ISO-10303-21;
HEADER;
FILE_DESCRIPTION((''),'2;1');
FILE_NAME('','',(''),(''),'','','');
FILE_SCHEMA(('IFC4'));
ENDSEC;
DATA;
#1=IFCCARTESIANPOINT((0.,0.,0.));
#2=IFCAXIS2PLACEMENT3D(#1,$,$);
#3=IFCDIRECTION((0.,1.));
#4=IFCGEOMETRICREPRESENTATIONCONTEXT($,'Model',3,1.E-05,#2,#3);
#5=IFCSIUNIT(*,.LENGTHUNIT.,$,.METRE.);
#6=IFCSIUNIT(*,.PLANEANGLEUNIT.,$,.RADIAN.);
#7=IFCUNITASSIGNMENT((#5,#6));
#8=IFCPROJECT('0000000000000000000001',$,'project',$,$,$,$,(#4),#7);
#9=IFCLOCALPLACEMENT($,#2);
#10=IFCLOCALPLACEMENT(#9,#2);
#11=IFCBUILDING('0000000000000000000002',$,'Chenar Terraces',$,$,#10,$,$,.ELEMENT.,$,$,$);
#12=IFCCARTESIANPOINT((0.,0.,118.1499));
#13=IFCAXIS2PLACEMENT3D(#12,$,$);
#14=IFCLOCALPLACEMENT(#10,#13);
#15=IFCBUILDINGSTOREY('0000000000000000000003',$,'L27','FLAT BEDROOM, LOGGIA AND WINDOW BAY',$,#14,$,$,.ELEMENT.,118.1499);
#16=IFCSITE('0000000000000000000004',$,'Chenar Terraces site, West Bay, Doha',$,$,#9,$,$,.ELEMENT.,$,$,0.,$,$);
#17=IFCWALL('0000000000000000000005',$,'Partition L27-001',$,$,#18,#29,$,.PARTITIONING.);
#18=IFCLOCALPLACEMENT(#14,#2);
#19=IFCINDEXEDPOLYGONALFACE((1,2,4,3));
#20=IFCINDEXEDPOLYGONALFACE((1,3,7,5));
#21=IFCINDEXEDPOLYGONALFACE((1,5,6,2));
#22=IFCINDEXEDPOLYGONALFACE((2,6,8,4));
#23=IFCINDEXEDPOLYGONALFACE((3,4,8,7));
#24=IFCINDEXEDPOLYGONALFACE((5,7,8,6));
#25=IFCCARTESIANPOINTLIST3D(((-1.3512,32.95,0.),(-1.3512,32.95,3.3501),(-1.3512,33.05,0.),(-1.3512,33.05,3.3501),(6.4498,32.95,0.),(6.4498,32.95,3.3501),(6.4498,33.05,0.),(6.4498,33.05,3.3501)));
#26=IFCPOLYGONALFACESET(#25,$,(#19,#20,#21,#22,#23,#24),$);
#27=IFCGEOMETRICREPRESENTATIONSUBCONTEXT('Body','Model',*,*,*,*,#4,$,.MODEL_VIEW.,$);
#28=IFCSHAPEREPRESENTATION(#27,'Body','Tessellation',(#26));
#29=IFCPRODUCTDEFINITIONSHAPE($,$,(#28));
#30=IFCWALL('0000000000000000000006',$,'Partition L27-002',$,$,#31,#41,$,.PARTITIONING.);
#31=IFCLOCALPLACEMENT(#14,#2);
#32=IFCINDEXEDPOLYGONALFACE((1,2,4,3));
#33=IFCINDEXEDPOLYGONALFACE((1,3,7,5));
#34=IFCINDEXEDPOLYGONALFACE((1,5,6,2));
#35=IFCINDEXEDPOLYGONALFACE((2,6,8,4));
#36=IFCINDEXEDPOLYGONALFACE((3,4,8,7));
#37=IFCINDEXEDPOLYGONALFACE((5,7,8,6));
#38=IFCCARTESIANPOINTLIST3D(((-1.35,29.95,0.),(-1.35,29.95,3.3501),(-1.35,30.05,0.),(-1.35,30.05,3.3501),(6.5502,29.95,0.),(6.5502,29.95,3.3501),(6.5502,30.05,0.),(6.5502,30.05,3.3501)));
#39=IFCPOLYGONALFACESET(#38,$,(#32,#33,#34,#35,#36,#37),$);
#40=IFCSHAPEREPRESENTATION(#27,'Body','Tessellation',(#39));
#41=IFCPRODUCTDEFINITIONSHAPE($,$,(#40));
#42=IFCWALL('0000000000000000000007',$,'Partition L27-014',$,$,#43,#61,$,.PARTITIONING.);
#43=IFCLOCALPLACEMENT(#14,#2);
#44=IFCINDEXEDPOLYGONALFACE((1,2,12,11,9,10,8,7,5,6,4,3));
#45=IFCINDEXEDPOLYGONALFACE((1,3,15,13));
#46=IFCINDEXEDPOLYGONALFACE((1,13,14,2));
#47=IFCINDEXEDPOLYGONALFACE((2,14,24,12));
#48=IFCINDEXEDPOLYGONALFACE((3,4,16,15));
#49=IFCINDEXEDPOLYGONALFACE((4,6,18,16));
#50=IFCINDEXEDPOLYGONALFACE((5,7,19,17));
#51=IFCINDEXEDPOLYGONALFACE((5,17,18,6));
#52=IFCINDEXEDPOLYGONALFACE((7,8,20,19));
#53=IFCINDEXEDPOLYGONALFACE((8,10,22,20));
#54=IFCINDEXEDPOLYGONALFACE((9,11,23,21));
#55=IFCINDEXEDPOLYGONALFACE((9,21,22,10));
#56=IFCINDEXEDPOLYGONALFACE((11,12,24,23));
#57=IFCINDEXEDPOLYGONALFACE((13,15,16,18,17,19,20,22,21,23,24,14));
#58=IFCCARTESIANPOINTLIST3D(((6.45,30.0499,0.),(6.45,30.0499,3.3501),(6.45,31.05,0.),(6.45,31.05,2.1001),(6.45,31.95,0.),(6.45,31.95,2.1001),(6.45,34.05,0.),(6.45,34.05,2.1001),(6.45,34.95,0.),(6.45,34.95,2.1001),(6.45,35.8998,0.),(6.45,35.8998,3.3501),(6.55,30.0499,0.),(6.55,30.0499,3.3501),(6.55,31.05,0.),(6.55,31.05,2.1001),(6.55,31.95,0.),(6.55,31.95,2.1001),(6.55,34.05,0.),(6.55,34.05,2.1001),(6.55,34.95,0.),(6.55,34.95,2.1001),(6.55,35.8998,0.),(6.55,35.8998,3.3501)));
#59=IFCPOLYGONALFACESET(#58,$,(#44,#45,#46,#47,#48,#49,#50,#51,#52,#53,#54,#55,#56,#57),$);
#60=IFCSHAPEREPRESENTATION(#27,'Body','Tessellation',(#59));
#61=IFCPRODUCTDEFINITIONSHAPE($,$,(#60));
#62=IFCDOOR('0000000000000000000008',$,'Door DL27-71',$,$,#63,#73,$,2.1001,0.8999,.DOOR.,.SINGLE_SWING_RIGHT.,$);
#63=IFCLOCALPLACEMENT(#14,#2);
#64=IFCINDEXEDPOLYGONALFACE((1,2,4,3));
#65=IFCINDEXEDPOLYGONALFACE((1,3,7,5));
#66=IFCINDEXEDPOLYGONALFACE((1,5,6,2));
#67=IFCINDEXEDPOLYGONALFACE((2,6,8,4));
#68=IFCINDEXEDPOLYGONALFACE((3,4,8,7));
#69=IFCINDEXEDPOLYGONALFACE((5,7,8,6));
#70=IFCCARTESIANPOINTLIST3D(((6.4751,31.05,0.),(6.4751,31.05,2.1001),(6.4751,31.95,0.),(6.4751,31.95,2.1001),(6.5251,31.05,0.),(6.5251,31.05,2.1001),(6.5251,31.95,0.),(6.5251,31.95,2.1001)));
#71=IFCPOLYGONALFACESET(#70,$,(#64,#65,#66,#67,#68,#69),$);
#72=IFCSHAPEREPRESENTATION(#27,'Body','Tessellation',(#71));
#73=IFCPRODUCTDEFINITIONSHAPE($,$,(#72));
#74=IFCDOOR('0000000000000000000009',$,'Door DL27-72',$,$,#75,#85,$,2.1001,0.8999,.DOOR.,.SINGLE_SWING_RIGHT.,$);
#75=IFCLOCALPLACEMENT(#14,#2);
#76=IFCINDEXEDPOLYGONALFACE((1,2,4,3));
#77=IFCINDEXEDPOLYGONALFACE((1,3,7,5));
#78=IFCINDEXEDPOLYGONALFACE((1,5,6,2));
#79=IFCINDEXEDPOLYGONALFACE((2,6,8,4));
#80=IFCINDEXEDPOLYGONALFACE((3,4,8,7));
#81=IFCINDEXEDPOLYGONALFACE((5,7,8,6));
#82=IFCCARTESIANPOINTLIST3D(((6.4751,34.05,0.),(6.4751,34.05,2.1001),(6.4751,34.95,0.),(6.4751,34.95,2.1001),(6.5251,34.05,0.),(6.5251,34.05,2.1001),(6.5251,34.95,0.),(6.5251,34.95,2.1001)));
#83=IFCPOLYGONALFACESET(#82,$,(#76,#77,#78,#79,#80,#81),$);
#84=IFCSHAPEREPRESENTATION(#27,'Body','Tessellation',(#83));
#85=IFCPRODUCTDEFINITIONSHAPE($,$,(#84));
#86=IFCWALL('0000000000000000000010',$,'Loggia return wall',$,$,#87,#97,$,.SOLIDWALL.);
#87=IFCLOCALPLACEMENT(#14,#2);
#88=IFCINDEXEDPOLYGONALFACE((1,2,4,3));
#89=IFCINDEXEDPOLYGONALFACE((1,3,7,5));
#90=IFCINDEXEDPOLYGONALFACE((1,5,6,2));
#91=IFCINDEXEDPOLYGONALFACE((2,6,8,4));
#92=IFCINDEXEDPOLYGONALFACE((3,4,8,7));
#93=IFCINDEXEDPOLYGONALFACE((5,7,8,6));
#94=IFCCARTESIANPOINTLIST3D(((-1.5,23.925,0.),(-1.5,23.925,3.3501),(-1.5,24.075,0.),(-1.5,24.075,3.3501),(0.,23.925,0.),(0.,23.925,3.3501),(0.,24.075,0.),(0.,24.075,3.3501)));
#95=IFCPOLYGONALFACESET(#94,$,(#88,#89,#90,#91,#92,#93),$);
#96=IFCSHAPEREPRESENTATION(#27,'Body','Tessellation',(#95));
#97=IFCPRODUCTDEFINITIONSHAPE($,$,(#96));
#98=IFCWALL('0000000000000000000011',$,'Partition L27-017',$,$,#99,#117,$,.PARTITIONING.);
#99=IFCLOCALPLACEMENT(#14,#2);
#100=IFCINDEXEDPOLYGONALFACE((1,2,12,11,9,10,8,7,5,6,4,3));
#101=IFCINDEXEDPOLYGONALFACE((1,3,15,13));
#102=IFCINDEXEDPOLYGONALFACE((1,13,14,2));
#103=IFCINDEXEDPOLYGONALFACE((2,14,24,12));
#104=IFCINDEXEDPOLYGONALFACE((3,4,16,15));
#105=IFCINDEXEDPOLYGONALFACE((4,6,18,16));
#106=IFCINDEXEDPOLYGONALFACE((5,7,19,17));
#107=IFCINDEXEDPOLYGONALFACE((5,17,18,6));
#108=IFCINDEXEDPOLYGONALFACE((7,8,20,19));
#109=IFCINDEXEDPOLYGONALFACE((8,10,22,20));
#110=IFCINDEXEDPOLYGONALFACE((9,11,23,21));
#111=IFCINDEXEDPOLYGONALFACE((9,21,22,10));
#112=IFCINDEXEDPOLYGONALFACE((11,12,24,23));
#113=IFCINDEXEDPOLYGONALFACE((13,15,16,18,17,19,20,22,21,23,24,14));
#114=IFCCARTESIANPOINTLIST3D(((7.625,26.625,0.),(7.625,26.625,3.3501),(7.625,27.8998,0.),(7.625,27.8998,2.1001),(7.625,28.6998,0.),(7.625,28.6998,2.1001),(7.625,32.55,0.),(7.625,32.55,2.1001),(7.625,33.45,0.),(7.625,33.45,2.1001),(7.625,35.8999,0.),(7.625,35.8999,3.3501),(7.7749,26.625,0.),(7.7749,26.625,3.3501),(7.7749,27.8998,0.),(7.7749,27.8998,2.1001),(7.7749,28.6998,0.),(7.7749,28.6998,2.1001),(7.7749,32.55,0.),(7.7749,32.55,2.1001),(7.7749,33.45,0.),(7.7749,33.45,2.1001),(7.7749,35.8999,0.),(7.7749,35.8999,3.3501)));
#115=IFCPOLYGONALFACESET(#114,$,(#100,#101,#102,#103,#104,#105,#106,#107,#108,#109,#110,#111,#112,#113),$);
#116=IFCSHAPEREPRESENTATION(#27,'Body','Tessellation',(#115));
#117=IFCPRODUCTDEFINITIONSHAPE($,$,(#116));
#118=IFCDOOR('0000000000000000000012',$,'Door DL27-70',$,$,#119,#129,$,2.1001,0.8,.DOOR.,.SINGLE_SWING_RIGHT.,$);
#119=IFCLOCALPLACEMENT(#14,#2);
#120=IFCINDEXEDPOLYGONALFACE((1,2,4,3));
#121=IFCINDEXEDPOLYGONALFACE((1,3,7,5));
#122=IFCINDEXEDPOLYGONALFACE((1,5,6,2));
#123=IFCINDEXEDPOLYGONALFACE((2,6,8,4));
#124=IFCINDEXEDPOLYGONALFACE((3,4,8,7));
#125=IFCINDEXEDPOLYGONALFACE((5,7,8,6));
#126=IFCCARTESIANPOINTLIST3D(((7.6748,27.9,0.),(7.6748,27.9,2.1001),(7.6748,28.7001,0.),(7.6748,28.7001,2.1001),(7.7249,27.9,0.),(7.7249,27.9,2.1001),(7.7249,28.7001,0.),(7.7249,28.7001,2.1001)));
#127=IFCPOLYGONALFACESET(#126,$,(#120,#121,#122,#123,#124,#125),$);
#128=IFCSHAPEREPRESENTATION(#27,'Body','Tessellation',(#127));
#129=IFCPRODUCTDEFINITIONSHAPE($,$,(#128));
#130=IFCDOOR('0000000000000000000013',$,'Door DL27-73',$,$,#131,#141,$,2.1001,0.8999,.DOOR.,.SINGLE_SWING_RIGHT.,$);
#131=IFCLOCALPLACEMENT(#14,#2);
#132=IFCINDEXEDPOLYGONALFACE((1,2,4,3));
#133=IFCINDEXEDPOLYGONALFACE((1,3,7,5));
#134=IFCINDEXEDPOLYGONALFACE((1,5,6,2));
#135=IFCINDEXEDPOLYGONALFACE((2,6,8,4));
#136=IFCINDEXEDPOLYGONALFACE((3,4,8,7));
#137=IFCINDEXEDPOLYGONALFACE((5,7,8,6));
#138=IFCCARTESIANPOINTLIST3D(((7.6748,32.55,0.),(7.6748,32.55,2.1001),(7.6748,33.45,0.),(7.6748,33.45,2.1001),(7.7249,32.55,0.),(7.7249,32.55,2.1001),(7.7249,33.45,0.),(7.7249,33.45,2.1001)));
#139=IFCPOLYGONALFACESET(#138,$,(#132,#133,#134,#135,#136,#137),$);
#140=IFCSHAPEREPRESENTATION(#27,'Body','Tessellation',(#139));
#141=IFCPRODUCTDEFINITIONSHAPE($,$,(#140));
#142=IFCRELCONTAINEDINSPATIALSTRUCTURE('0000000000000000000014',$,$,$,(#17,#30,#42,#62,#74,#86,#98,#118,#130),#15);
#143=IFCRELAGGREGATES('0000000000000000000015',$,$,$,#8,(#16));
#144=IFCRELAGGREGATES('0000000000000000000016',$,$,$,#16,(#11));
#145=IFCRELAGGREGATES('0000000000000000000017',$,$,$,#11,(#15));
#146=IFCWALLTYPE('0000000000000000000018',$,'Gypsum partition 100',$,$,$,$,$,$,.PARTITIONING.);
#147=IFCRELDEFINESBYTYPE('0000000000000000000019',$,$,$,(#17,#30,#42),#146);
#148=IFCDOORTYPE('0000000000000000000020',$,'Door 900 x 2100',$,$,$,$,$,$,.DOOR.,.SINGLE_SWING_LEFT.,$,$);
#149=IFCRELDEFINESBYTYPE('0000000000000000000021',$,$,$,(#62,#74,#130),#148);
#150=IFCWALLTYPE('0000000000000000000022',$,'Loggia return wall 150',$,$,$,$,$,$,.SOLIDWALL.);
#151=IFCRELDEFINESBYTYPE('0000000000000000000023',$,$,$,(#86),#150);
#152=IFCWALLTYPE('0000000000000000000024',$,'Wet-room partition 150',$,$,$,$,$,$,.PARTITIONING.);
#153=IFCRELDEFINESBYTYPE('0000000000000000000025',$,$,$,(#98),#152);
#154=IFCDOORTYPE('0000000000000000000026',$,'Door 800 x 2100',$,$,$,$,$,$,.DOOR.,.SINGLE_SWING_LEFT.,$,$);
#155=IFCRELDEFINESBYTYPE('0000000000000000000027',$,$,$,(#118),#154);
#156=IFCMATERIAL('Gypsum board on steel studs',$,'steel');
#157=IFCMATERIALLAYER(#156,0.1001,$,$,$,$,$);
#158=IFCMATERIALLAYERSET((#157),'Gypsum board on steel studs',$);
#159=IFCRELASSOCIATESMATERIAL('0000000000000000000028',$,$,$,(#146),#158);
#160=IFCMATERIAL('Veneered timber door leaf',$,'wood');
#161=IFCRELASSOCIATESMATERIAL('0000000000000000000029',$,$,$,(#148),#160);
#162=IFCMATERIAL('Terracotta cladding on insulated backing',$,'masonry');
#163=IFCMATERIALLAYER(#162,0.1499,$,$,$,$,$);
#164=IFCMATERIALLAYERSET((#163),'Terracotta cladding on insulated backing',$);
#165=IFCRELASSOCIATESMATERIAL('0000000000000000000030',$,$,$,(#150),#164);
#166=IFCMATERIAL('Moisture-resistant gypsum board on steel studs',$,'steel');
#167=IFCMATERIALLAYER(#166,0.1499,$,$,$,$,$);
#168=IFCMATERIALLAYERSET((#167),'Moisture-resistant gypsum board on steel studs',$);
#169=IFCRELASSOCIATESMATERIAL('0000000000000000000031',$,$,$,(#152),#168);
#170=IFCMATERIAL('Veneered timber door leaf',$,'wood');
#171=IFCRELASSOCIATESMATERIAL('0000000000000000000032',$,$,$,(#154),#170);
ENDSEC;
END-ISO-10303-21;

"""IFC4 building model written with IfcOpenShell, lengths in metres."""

from ifc_helpers import new_model, si_unit, direction, frame, frame_2d, origin, place, context, subcontext, project, spatial, rectangle, extrude, material, layer, layer_set, type_object, element, fill, save


model = new_model("IFC4")

# Units and contexts
model_context = context("Model", 3, precision=1e-05, world=origin(), true_north=direction((0.0, 1.0)))
body_context = subcontext(model_context, "Body", "Model", "MODEL_VIEW")
ifc_project = project(units=[si_unit("LENGTHUNIT", "METRE"), si_unit("PLANEANGLEUNIT", "RADIAN")], contexts=[model_context])

# Site, building, storey
site_placement = place(None, origin())
site = spatial("IfcSite", under=ifc_project, at=site_placement, Name="Chenar Terraces site, West Bay, Doha", CompositionType="ELEMENT", RefElevation=0.0)
building_placement = place(site_placement, origin())
building = spatial("IfcBuilding", under=site, at=building_placement, Name="Chenar Terraces", CompositionType="ELEMENT")
storey_placement = place(building_placement, frame((0.0, 0.0, 118.1499)))
storey = spatial("IfcBuildingStorey", under=building, at=storey_placement, Name="L27", Description="FLAT BEDROOM, LOGGIA AND WINDOW BAY", CompositionType="ELEMENT", Elevation=118.1499)

# Walls
ifc_material_1 = material(Name="Gypsum board on steel studs", Category="steel")
ifc_layer_1 = layer(ifc_material_1, 0.1001)
ifc_layer_set_1 = layer_set([ifc_layer_1], Name="Gypsum board on steel studs")
wall_type_1 = type_object("IfcWallType", Name="Gypsum partition 100", PredefinedType="PARTITIONING", material=ifc_layer_set_1)
wall_1_placement = place(storey_placement, frame((-1.3511, 33.0, 0.0), z_axis=(0.0, 0.0, 1.0), x_axis=(1.0, 0.0, 0.0)))
element("IfcWall", 1, at=wall_1_placement, inside=storey, type_object=wall_type_1, Name="Partition L27-001", PredefinedType="PARTITIONING", context=body_context, shape_type="SweptSolid", body=[
    extrude(rectangle(XDim=7.801, YDim=0.1001, at=frame_2d((3.9004, 0.0))), origin(), (0.0, 0.0, 1.0), 3.3501),
])
wall_2_placement = place(storey_placement, frame((-1.3501, 30.0, 0.0), z_axis=(0.0, 0.0, 1.0), x_axis=(1.0, 0.0, 0.0)))
element("IfcWall", 2, at=wall_2_placement, inside=storey, type_object=wall_type_1, Name="Partition L27-002", PredefinedType="PARTITIONING", context=body_context, shape_type="SweptSolid", body=[
    extrude(rectangle(XDim=7.9001, YDim=0.1001, at=frame_2d((3.9502, 0.0))), origin(), (0.0, 0.0, 1.0), 3.3501),
])

# Wall, openings, doors
wall_3_placement = place(storey_placement, frame((6.5, 30.05, 0.0), z_axis=(0.0, 0.0, 1.0), x_axis=(0.0, 1.0, 0.0)))
wall_3 = element("IfcWall", 3, at=wall_3_placement, inside=storey, type_object=wall_type_1, Name="Partition L27-014", PredefinedType="PARTITIONING", context=body_context, shape_type="SweptSolid", body=[
    extrude(rectangle(XDim=5.8499, YDim=0.1001, at=frame_2d((2.9248, 0.0))), origin(), (0.0, 0.0, 1.0), 3.3501),
])
opening_1_placement = place(wall_3_placement, frame((1.0, 0.0, 0.0)))
opening_1 = element("IfcOpeningElement", 4, at=opening_1_placement, cuts=wall_3, PredefinedType="OPENING", context=body_context, shape_type="SweptSolid", body=[
    extrude(rectangle(XDim=0.8999, YDim=2.1001, at=frame_2d((0.45, 1.05))), frame((0.0, 0.0601, 0.0), z_axis=(0.0, -1.0, 0.0), x_axis=(1.0, 0.0, 0.0)), (0.0, 0.0, 1.0), 0.1201),
])
opening_2_placement = place(wall_3_placement, frame((4.0, 0.0, 0.0)))
opening_2 = element("IfcOpeningElement", 5, at=opening_2_placement, cuts=wall_3, PredefinedType="OPENING", context=body_context, shape_type="SweptSolid", body=[
    extrude(rectangle(XDim=0.8999, YDim=2.1001, at=frame_2d((0.45, 1.05))), frame((0.0, 0.0601, 0.0), z_axis=(0.0, -1.0, 0.0), x_axis=(1.0, 0.0, 0.0)), (0.0, 0.0, 1.0), 0.1201),
])
ifc_material_2 = material(Name="Veneered timber door leaf", Category="wood")
door_type_1 = type_object("IfcDoorType", Name="Door 900 x 2100", OperationType="SINGLE_SWING_LEFT", PredefinedType="DOOR", material=ifc_material_2)
door_1_placement = place(opening_1_placement, origin())
door_1 = element("IfcDoor", 6, at=door_1_placement, inside=storey, type_object=door_type_1, Name="Door DL27-71", OperationType="SINGLE_SWING_RIGHT", OverallHeight=2.1001, OverallWidth=0.8999, PredefinedType="DOOR", context=body_context, shape_type="SweptSolid", body=[
    extrude(rectangle(XDim=0.8999, YDim=2.1001, at=frame_2d((0.45, 1.05))), frame((0.0, 0.0249, 0.0), z_axis=(0.0, -1.0, 0.0), x_axis=(1.0, 0.0, 0.0)), (0.0, 0.0, 1.0), 0.05),
])
fill(opening_1, door_1)
door_2_placement = place(opening_2_placement, origin())
door_2 = element("IfcDoor", 7, at=door_2_placement, inside=storey, type_object=door_type_1, Name="Door DL27-72", OperationType="SINGLE_SWING_RIGHT", OverallHeight=2.1001, OverallWidth=0.8999, PredefinedType="DOOR", context=body_context, shape_type="SweptSolid", body=[
    extrude(rectangle(XDim=0.8999, YDim=2.1001, at=frame_2d((0.45, 1.05))), frame((0.0, 0.0249, 0.0), z_axis=(0.0, -1.0, 0.0), x_axis=(1.0, 0.0, 0.0)), (0.0, 0.0, 1.0), 0.05),
])
fill(opening_2, door_2)

# Wall
ifc_material_3 = material(Name="Terracotta cladding on insulated backing", Category="masonry")
ifc_layer_2 = layer(ifc_material_3, 0.1499)
ifc_layer_set_2 = layer_set([ifc_layer_2], Name="Terracotta cladding on insulated backing")
wall_type_2 = type_object("IfcWallType", Name="Loggia return wall 150", PredefinedType="SOLIDWALL", material=ifc_layer_set_2)
wall_4_placement = place(storey_placement, frame((-1.5, 24.0, 0.0), z_axis=(0.0, 0.0, 1.0), x_axis=(1.0, 0.0, 0.0)))
element("IfcWall", 8, at=wall_4_placement, inside=storey, type_object=wall_type_2, Name="Loggia return wall", PredefinedType="SOLIDWALL", context=body_context, shape_type="SweptSolid", body=[
    extrude(rectangle(XDim=1.5, YDim=0.1499, at=frame_2d((0.75, 0.0))), origin(), (0.0, 0.0, 1.0), 3.3501),
])

# Wall, openings, doors
ifc_material_4 = material(Name="Moisture-resistant gypsum board on steel studs", Category="steel")
ifc_layer_3 = layer(ifc_material_4, 0.1499)
ifc_layer_set_3 = layer_set([ifc_layer_3], Name="Moisture-resistant gypsum board on steel studs")
wall_type_3 = type_object("IfcWallType", Name="Wet-room partition 150", PredefinedType="PARTITIONING", material=ifc_layer_set_3)
wall_5_placement = place(storey_placement, frame((7.7, 26.625, 0.0), z_axis=(0.0, 0.0, 1.0), x_axis=(0.0, 1.0, 0.0)))
wall_5 = element("IfcWall", 9, at=wall_5_placement, inside=storey, type_object=wall_type_3, Name="Partition L27-017", PredefinedType="PARTITIONING", context=body_context, shape_type="SweptSolid", body=[
    extrude(rectangle(XDim=9.2749, YDim=0.1499, at=frame_2d((4.6375, 0.0))), origin(), (0.0, 0.0, 1.0), 3.3501),
])
opening_3_placement = place(wall_5_placement, frame((1.2749, 0.0, 0.0)))
opening_3 = element("IfcOpeningElement", 10, at=opening_3_placement, cuts=wall_5, PredefinedType="OPENING", context=body_context, shape_type="SweptSolid", body=[
    extrude(rectangle(XDim=0.8, YDim=2.1001, at=frame_2d((0.3999, 1.05))), frame((0.0, 0.085, 0.0), z_axis=(0.0, -1.0, 0.0), x_axis=(1.0, 0.0, 0.0)), (0.0, 0.0, 1.0), 0.1699),
])
opening_4_placement = place(wall_5_placement, frame((5.925, 0.0, 0.0)))
opening_4 = element("IfcOpeningElement", 11, at=opening_4_placement, cuts=wall_5, PredefinedType="OPENING", context=body_context, shape_type="SweptSolid", body=[
    extrude(rectangle(XDim=0.8999, YDim=2.1001, at=frame_2d((0.45, 1.05))), frame((0.0, 0.085, 0.0), z_axis=(0.0, -1.0, 0.0), x_axis=(1.0, 0.0, 0.0)), (0.0, 0.0, 1.0), 0.1699),
])
ifc_material_5 = material(Name="Veneered timber door leaf", Category="wood")
door_type_2 = type_object("IfcDoorType", Name="Door 800 x 2100", OperationType="SINGLE_SWING_LEFT", PredefinedType="DOOR", material=ifc_material_5)
door_3_placement = place(opening_3_placement, frame((0.8, 0.0, 0.0), z_axis=(0.0, 0.0, 1.0), x_axis=(-1.0, 0.0, 0.0)))
door_3 = element("IfcDoor", 12, at=door_3_placement, inside=storey, type_object=door_type_2, Name="Door DL27-70", OperationType="SINGLE_SWING_RIGHT", OverallHeight=2.1001, OverallWidth=0.8, PredefinedType="DOOR", context=body_context, shape_type="SweptSolid", body=[
    extrude(rectangle(XDim=0.8, YDim=2.1001, at=frame_2d((0.3999, 1.05))), frame((0.0, 0.0249, 0.0), z_axis=(0.0, -1.0, 0.0), x_axis=(1.0, 0.0, 0.0)), (0.0, 0.0, 1.0), 0.05),
])
fill(opening_3, door_3)
door_4_placement = place(opening_4_placement, frame((0.8999, 0.0, 0.0), z_axis=(0.0, 0.0, 1.0), x_axis=(-1.0, 0.0, 0.0)))
door_4 = element("IfcDoor", 13, at=door_4_placement, inside=storey, type_object=door_type_1, Name="Door DL27-73", OperationType="SINGLE_SWING_RIGHT", OverallHeight=2.1001, OverallWidth=0.8999, PredefinedType="DOOR", context=body_context, shape_type="SweptSolid", body=[
    extrude(rectangle(XDim=0.8999, YDim=2.1001, at=frame_2d((0.45, 1.05))), frame((0.0, 0.0249, 0.0), z_axis=(0.0, -1.0, 0.0), x_axis=(1.0, 0.0, 0.0)), (0.0, 0.0, 1.0), 0.05),
])
fill(opening_4, door_4)

save(model, "model.ifc")
